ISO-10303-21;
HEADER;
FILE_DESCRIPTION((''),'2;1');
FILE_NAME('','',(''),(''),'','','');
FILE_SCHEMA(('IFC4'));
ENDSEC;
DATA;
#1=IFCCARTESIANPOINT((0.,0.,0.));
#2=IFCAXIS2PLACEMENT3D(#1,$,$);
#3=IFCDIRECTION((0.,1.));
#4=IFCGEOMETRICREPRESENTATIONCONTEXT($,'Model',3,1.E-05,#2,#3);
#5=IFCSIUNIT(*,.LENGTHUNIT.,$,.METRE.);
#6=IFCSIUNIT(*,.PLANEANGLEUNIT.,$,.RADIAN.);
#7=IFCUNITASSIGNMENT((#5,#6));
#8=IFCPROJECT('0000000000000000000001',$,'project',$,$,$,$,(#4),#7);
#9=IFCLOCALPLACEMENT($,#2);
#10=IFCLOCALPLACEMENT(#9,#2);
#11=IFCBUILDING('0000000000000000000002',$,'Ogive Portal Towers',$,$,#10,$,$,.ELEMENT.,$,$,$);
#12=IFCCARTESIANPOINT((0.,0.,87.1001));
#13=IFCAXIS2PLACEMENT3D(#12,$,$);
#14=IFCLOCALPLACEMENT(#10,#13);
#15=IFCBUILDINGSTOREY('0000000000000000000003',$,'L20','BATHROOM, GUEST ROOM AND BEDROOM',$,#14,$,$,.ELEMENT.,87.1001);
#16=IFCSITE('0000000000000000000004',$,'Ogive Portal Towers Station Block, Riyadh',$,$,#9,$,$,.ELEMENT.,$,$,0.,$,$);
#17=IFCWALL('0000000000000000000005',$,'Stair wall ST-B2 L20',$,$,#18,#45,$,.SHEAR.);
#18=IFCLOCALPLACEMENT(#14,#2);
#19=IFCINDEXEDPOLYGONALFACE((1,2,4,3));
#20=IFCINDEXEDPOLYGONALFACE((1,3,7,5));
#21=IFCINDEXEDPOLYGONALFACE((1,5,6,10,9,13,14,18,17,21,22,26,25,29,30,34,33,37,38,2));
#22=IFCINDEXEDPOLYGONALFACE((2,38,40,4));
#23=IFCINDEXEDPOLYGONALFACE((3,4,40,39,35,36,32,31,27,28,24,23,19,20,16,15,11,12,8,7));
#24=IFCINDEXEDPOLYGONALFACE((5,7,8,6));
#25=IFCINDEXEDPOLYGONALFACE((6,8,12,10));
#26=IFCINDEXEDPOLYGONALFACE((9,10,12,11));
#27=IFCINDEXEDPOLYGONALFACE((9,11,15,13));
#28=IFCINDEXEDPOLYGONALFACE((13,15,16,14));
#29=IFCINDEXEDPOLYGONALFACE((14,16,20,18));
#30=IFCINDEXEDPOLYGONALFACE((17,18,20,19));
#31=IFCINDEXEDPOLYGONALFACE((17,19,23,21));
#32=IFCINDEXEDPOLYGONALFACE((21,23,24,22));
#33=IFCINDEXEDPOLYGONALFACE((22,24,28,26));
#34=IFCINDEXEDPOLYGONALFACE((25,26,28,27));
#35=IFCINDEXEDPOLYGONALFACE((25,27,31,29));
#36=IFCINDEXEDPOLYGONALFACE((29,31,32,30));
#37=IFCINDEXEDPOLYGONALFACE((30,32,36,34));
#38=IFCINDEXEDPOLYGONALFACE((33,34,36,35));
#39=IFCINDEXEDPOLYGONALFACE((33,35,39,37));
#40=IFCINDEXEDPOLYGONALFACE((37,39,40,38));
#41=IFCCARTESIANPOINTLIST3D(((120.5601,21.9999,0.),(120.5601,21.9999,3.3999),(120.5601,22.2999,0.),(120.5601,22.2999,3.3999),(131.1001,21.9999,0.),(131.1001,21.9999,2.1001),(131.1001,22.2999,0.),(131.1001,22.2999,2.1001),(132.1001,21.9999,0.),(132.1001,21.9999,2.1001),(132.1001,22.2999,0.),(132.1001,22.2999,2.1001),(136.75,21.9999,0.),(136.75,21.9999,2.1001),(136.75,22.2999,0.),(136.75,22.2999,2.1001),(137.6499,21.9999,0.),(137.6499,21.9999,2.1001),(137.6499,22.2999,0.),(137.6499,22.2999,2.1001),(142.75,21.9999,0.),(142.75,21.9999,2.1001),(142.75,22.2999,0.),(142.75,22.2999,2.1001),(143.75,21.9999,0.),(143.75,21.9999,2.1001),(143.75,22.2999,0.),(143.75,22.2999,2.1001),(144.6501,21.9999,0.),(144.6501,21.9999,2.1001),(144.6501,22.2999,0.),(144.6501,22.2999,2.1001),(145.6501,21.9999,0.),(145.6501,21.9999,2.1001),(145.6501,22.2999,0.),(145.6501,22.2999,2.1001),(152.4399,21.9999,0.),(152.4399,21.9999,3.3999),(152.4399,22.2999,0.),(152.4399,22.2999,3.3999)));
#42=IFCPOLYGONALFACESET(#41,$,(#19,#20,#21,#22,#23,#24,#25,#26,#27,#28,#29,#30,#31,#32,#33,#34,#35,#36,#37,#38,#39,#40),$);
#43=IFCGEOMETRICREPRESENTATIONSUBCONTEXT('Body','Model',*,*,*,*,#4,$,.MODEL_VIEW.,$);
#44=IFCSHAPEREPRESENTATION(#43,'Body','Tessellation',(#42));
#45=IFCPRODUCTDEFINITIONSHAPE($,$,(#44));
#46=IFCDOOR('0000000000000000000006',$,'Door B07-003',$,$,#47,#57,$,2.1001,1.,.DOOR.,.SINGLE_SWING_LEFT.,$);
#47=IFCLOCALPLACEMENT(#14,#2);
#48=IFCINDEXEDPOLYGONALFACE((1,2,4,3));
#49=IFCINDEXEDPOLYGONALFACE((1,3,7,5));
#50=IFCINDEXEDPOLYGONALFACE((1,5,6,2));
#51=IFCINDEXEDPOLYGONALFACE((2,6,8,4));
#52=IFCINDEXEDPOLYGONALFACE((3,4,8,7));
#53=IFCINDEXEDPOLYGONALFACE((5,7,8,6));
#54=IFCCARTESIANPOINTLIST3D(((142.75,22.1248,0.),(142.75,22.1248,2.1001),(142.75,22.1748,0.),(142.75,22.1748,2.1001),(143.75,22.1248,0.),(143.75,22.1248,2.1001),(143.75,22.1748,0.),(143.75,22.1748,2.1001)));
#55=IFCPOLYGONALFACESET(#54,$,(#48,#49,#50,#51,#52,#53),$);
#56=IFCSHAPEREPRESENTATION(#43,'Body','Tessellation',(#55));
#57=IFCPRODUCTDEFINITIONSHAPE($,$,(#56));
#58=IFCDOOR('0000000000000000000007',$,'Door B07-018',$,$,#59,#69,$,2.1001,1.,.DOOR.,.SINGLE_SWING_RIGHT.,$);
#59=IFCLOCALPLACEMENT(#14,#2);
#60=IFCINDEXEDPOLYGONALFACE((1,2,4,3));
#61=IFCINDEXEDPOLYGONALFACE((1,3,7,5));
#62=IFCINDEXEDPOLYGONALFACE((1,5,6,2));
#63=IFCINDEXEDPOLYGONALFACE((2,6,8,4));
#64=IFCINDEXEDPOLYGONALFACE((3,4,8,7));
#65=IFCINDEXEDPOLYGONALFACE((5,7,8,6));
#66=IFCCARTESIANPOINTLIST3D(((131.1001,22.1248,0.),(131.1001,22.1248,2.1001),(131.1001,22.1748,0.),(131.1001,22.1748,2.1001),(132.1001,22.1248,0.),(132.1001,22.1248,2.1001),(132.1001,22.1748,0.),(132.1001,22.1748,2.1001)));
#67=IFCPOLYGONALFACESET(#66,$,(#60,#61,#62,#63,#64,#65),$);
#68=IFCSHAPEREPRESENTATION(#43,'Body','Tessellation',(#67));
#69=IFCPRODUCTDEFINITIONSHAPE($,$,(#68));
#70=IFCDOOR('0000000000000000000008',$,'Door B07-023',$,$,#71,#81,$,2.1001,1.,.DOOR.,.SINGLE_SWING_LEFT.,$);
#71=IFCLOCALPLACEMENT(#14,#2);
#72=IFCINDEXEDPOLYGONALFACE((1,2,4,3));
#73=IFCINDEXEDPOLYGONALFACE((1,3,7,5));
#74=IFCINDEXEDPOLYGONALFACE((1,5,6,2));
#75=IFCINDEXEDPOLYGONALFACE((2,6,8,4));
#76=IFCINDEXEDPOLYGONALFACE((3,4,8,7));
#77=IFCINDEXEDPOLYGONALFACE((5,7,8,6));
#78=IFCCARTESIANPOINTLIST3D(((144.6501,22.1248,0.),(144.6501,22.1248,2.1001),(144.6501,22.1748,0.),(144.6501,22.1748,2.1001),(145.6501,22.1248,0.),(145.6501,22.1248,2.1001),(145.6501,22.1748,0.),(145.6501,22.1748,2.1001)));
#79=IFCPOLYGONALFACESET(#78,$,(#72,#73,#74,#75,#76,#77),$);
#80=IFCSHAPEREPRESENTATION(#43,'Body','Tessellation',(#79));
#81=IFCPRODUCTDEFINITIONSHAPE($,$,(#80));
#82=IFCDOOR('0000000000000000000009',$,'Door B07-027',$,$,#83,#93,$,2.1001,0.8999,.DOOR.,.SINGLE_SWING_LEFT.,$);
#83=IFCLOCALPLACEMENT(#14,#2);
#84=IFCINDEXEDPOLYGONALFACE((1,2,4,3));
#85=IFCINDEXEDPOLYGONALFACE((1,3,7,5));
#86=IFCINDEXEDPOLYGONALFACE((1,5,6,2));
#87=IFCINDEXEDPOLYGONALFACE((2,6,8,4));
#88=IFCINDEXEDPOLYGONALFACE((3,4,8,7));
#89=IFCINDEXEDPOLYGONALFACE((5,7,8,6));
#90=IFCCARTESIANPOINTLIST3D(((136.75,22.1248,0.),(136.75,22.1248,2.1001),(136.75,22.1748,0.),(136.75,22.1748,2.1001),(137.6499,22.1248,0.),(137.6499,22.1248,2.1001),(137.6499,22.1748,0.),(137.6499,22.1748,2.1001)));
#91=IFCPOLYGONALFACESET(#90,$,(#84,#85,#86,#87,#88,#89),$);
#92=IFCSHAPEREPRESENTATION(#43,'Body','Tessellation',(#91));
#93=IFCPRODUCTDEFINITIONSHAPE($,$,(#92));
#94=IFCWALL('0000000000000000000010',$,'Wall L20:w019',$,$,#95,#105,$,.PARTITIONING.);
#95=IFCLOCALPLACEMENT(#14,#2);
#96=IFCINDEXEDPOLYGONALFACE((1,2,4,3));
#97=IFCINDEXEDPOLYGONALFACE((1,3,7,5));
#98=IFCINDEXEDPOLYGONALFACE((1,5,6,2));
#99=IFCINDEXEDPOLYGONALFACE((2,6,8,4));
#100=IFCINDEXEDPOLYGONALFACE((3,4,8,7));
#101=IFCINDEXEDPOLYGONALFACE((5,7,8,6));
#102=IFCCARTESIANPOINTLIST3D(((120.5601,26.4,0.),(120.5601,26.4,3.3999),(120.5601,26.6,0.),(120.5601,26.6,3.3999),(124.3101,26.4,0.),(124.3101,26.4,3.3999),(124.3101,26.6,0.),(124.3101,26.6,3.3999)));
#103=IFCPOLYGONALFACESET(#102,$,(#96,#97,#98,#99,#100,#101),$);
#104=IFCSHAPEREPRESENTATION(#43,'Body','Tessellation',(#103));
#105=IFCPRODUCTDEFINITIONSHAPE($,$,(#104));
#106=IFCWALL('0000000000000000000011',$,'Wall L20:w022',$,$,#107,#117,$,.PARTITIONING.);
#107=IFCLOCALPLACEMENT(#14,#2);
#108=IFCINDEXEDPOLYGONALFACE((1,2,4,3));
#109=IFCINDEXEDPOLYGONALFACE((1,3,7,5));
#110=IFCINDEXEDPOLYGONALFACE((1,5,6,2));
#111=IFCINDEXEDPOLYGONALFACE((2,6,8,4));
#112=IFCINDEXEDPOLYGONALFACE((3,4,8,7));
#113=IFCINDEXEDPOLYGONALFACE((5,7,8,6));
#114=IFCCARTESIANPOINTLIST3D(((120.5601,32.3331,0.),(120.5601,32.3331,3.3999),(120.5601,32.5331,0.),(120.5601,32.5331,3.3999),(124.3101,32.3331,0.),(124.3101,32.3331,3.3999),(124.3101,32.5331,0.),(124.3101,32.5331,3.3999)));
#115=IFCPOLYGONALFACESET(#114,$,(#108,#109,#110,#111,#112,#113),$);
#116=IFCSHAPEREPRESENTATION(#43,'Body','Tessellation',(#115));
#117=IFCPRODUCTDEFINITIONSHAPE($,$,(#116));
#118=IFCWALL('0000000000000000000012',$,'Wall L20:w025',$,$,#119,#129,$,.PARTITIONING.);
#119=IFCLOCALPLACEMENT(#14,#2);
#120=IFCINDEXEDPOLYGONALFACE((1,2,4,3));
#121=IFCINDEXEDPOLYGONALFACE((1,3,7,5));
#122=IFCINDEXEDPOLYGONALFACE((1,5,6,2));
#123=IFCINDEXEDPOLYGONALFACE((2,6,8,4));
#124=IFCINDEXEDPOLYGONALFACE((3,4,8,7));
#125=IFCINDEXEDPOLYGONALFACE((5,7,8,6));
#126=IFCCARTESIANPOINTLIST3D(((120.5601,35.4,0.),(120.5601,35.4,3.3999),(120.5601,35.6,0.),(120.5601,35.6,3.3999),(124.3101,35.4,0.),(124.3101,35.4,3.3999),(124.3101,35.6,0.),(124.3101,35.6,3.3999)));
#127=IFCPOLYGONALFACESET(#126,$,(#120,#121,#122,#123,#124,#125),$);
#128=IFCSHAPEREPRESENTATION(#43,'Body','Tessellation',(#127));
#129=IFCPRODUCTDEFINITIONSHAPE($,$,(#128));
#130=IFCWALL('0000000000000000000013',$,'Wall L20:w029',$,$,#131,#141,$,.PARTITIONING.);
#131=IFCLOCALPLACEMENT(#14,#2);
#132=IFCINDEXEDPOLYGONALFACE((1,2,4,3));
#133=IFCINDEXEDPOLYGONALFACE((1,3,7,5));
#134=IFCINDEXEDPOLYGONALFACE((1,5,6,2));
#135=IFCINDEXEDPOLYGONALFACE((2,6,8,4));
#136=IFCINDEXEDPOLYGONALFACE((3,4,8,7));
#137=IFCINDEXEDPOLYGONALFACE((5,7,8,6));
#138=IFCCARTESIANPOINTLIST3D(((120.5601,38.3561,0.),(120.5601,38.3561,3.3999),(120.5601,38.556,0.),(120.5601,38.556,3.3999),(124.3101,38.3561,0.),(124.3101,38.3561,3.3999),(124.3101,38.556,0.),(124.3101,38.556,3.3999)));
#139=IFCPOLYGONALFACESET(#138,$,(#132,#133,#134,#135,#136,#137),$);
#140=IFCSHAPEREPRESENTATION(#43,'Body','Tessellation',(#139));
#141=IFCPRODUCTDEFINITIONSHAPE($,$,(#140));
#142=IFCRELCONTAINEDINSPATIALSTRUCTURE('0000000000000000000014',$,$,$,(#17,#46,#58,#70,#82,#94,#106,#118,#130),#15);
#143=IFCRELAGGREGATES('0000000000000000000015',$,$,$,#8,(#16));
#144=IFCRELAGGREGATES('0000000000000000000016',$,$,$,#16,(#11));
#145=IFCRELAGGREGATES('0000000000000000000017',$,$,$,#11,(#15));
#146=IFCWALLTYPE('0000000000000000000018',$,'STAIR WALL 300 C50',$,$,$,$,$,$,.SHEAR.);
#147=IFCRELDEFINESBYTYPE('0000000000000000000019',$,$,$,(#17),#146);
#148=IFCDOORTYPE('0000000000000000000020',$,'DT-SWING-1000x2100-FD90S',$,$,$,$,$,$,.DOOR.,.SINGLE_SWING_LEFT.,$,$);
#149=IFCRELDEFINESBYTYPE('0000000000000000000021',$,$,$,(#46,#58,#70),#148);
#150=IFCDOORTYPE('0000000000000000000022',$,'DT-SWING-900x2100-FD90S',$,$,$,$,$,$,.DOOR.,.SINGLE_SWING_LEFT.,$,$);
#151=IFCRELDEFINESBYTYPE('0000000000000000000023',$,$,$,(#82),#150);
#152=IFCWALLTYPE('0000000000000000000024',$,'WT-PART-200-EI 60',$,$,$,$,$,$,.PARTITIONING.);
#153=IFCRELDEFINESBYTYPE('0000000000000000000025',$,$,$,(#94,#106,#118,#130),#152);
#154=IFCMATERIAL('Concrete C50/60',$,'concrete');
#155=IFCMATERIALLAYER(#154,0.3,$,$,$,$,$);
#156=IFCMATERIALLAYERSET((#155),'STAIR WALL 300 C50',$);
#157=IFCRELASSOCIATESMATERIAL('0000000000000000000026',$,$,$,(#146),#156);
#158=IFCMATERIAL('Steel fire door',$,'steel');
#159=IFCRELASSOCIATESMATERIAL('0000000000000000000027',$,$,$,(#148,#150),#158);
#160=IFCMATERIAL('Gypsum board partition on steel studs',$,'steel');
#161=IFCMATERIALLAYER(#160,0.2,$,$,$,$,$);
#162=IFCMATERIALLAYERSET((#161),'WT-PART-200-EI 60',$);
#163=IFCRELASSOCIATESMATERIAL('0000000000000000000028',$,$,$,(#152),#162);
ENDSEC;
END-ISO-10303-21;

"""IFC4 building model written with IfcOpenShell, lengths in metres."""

from ifc_helpers import new_model, si_unit, direction, frame, frame_2d, origin, place, context, subcontext, project, spatial, rectangle, extrude, material, layer, layer_set, type_object, element, fill, save


model = new_model("IFC4")

# Units and contexts
model_context = context("Model", 3, precision=1e-05, world=origin(), true_north=direction((0.0, 1.0)))
body_context = subcontext(model_context, "Body", "Model", "MODEL_VIEW")
ifc_project = project(units=[si_unit("LENGTHUNIT", "METRE"), si_unit("PLANEANGLEUNIT", "RADIAN")], contexts=[model_context])

# Site, building, storey
site_placement = place(None, origin())
site = spatial("IfcSite", under=ifc_project, at=site_placement, Name="Ogive Portal Towers Station Block, Riyadh", CompositionType="ELEMENT", RefElevation=0.0)
building_placement = place(site_placement, origin())
building = spatial("IfcBuilding", under=site, at=building_placement, Name="Ogive Portal Towers", CompositionType="ELEMENT")
storey_placement = place(building_placement, frame((0.0, 0.0, 87.1001)))
storey = spatial("IfcBuildingStorey", under=building, at=storey_placement, Name="L20", Description="BATHROOM, GUEST ROOM AND BEDROOM", CompositionType="ELEMENT", Elevation=87.1001)

# Wall, openings, doors
ifc_material_1 = material(Name="Concrete C50/60", Category="concrete")
ifc_layer_1 = layer(ifc_material_1, 0.3)
ifc_layer_set_1 = layer_set([ifc_layer_1], Name="STAIR WALL 300 C50")
wall_type_1 = type_object("IfcWallType", Name="STAIR WALL 300 C50", PredefinedType="SHEAR", material=ifc_layer_set_1)
wall_1_placement = place(storey_placement, frame((120.5601, 22.1499, 0.0), z_axis=(0.0, 0.0, 1.0), x_axis=(1.0, 0.0, 0.0)))
wall_1 = element("IfcWall", 1, at=wall_1_placement, inside=storey, type_object=wall_type_1, Name="Stair wall ST-B2 L20", PredefinedType="SHEAR", context=body_context, shape_type="SweptSolid", body=[
    extrude(rectangle(XDim=31.8799, YDim=0.3, at=frame_2d((15.9399, 0.0))), origin(), (0.0, 0.0, 1.0), 3.3999),
])
opening_1_placement = place(wall_1_placement, frame((22.1899, 0.0, 0.0)))
opening_1 = element("IfcOpeningElement", 2, at=opening_1_placement, cuts=wall_1, PredefinedType="OPENING", context=body_context, shape_type="SweptSolid", body=[
    extrude(rectangle(XDim=1.0, YDim=2.1001, at=frame_2d((0.5, 1.05))), frame((0.0, 0.1602, 0.0), z_axis=(0.0, -1.0, 0.0), x_axis=(1.0, 0.0, 0.0)), (0.0, 0.0, 1.0), 0.3201),
])
opening_2_placement = place(wall_1_placement, frame((10.54, 0.0, 0.0)))
opening_2 = element("IfcOpeningElement", 3, at=opening_2_placement, cuts=wall_1, PredefinedType="OPENING", context=body_context, shape_type="SweptSolid", body=[
    extrude(rectangle(XDim=1.0, YDim=2.1001, at=frame_2d((0.5, 1.05))), frame((0.0, 0.1602, 0.0), z_axis=(0.0, -1.0, 0.0), x_axis=(1.0, 0.0, 0.0)), (0.0, 0.0, 1.0), 0.3201),
])
opening_3_placement = place(wall_1_placement, frame((24.0901, 0.0, 0.0)))
opening_3 = element("IfcOpeningElement", 4, at=opening_3_placement, cuts=wall_1, PredefinedType="OPENING", context=body_context, shape_type="SweptSolid", body=[
    extrude(rectangle(XDim=1.0, YDim=2.1001, at=frame_2d((0.5, 1.05))), frame((0.0, 0.1602, 0.0), z_axis=(0.0, -1.0, 0.0), x_axis=(1.0, 0.0, 0.0)), (0.0, 0.0, 1.0), 0.3201),
])
opening_4_placement = place(wall_1_placement, frame((16.1899, 0.0, 0.0)))
opening_4 = element("IfcOpeningElement", 5, at=opening_4_placement, cuts=wall_1, PredefinedType="OPENING", context=body_context, shape_type="SweptSolid", body=[
    extrude(rectangle(XDim=0.8999, YDim=2.1001, at=frame_2d((0.45, 1.05))), frame((0.0, 0.1602, 0.0), z_axis=(0.0, -1.0, 0.0), x_axis=(1.0, 0.0, 0.0)), (0.0, 0.0, 1.0), 0.3201),
])
ifc_material_2 = material(Name="Steel fire door", Category="steel")
door_type_1 = type_object("IfcDoorType", Name="DT-SWING-1000x2100-FD90S", OperationType="SINGLE_SWING_LEFT", PredefinedType="DOOR", material=ifc_material_2)
door_1_placement = place(opening_1_placement, origin())
door_1 = element("IfcDoor", 6, at=door_1_placement, inside=storey, type_object=door_type_1, Name="Door B07-003", OperationType="SINGLE_SWING_LEFT", OverallHeight=2.1001, OverallWidth=1.0, PredefinedType="DOOR", context=body_context, shape_type="SweptSolid", body=[
    extrude(rectangle(XDim=1.0, YDim=2.1001, at=frame_2d((0.5, 1.05))), frame((0.0, 0.0249, 0.0), z_axis=(0.0, -1.0, 0.0), x_axis=(1.0, 0.0, 0.0)), (0.0, 0.0, 1.0), 0.05),
])
fill(opening_1, door_1)
door_2_placement = place(opening_2_placement, origin())
door_2 = element("IfcDoor", 7, at=door_2_placement, inside=storey, type_object=door_type_1, Name="Door B07-018", OperationType="SINGLE_SWING_RIGHT", OverallHeight=2.1001, OverallWidth=1.0, PredefinedType="DOOR", context=body_context, shape_type="SweptSolid", body=[
    extrude(rectangle(XDim=1.0, YDim=2.1001, at=frame_2d((0.5, 1.05))), frame((0.0, 0.0249, 0.0), z_axis=(0.0, -1.0, 0.0), x_axis=(1.0, 0.0, 0.0)), (0.0, 0.0, 1.0), 0.05),
])
fill(opening_2, door_2)
door_3_placement = place(opening_3_placement, origin())
door_3 = element("IfcDoor", 8, at=door_3_placement, inside=storey, type_object=door_type_1, Name="Door B07-023", OperationType="SINGLE_SWING_LEFT", OverallHeight=2.1001, OverallWidth=1.0, PredefinedType="DOOR", context=body_context, shape_type="SweptSolid", body=[
    extrude(rectangle(XDim=1.0, YDim=2.1001, at=frame_2d((0.5, 1.05))), frame((0.0, 0.0249, 0.0), z_axis=(0.0, -1.0, 0.0), x_axis=(1.0, 0.0, 0.0)), (0.0, 0.0, 1.0), 0.05),
])
fill(opening_3, door_3)
door_type_2 = type_object("IfcDoorType", Name="DT-SWING-900x2100-FD90S", OperationType="SINGLE_SWING_LEFT", PredefinedType="DOOR", material=ifc_material_2)
door_4_placement = place(opening_4_placement, origin())
door_4 = element("IfcDoor", 9, at=door_4_placement, inside=storey, type_object=door_type_2, Name="Door B07-027", OperationType="SINGLE_SWING_LEFT", OverallHeight=2.1001, OverallWidth=0.8999, PredefinedType="DOOR", context=body_context, shape_type="SweptSolid", body=[
    extrude(rectangle(XDim=0.8999, YDim=2.1001, at=frame_2d((0.45, 1.05))), frame((0.0, 0.0249, 0.0), z_axis=(0.0, -1.0, 0.0), x_axis=(1.0, 0.0, 0.0)), (0.0, 0.0, 1.0), 0.05),
])
fill(opening_4, door_4)

# Walls
ifc_material_3 = material(Name="Gypsum board partition on steel studs", Category="steel")
ifc_layer_2 = layer(ifc_material_3, 0.2)
ifc_layer_set_2 = layer_set([ifc_layer_2], Name="WT-PART-200-EI 60")
wall_type_2 = type_object("IfcWallType", Name="WT-PART-200-EI 60", PredefinedType="PARTITIONING", material=ifc_layer_set_2)
for number, where, z_axis, x_axis, name in (
    (10, (120.5601, 26.5, 0.0), (0.0, 0.0, 1.0), (1.0, 0.0, 0.0), "Wall L20:w019"),
    (11, (120.5601, 32.4331, 0.0), (0.0, 0.0, 1.0), (1.0, 0.0, 0.0), "Wall L20:w022"),
    (12, (120.5601, 35.5, 0.0), (0.0, 0.0, 1.0), (1.0, 0.0, 0.0), "Wall L20:w025"),
    (13, (120.5601, 38.4561, 0.0), (0.0, 0.0, 1.0), (1.0, 0.0, 0.0), "Wall L20:w029"),
):
    element("IfcWall", number, at=place(storey_placement, frame(where, z_axis=z_axis, x_axis=x_axis)), inside=storey, type_object=wall_type_2, Name=name, PredefinedType="PARTITIONING", context=body_context, shape_type="SweptSolid", body=[
        extrude(rectangle(XDim=3.75, YDim=0.2, at=frame_2d((1.875, 0.0))), origin(), (0.0, 0.0, 1.0), 3.3999),
    ])

save(model, "model.ifc")
